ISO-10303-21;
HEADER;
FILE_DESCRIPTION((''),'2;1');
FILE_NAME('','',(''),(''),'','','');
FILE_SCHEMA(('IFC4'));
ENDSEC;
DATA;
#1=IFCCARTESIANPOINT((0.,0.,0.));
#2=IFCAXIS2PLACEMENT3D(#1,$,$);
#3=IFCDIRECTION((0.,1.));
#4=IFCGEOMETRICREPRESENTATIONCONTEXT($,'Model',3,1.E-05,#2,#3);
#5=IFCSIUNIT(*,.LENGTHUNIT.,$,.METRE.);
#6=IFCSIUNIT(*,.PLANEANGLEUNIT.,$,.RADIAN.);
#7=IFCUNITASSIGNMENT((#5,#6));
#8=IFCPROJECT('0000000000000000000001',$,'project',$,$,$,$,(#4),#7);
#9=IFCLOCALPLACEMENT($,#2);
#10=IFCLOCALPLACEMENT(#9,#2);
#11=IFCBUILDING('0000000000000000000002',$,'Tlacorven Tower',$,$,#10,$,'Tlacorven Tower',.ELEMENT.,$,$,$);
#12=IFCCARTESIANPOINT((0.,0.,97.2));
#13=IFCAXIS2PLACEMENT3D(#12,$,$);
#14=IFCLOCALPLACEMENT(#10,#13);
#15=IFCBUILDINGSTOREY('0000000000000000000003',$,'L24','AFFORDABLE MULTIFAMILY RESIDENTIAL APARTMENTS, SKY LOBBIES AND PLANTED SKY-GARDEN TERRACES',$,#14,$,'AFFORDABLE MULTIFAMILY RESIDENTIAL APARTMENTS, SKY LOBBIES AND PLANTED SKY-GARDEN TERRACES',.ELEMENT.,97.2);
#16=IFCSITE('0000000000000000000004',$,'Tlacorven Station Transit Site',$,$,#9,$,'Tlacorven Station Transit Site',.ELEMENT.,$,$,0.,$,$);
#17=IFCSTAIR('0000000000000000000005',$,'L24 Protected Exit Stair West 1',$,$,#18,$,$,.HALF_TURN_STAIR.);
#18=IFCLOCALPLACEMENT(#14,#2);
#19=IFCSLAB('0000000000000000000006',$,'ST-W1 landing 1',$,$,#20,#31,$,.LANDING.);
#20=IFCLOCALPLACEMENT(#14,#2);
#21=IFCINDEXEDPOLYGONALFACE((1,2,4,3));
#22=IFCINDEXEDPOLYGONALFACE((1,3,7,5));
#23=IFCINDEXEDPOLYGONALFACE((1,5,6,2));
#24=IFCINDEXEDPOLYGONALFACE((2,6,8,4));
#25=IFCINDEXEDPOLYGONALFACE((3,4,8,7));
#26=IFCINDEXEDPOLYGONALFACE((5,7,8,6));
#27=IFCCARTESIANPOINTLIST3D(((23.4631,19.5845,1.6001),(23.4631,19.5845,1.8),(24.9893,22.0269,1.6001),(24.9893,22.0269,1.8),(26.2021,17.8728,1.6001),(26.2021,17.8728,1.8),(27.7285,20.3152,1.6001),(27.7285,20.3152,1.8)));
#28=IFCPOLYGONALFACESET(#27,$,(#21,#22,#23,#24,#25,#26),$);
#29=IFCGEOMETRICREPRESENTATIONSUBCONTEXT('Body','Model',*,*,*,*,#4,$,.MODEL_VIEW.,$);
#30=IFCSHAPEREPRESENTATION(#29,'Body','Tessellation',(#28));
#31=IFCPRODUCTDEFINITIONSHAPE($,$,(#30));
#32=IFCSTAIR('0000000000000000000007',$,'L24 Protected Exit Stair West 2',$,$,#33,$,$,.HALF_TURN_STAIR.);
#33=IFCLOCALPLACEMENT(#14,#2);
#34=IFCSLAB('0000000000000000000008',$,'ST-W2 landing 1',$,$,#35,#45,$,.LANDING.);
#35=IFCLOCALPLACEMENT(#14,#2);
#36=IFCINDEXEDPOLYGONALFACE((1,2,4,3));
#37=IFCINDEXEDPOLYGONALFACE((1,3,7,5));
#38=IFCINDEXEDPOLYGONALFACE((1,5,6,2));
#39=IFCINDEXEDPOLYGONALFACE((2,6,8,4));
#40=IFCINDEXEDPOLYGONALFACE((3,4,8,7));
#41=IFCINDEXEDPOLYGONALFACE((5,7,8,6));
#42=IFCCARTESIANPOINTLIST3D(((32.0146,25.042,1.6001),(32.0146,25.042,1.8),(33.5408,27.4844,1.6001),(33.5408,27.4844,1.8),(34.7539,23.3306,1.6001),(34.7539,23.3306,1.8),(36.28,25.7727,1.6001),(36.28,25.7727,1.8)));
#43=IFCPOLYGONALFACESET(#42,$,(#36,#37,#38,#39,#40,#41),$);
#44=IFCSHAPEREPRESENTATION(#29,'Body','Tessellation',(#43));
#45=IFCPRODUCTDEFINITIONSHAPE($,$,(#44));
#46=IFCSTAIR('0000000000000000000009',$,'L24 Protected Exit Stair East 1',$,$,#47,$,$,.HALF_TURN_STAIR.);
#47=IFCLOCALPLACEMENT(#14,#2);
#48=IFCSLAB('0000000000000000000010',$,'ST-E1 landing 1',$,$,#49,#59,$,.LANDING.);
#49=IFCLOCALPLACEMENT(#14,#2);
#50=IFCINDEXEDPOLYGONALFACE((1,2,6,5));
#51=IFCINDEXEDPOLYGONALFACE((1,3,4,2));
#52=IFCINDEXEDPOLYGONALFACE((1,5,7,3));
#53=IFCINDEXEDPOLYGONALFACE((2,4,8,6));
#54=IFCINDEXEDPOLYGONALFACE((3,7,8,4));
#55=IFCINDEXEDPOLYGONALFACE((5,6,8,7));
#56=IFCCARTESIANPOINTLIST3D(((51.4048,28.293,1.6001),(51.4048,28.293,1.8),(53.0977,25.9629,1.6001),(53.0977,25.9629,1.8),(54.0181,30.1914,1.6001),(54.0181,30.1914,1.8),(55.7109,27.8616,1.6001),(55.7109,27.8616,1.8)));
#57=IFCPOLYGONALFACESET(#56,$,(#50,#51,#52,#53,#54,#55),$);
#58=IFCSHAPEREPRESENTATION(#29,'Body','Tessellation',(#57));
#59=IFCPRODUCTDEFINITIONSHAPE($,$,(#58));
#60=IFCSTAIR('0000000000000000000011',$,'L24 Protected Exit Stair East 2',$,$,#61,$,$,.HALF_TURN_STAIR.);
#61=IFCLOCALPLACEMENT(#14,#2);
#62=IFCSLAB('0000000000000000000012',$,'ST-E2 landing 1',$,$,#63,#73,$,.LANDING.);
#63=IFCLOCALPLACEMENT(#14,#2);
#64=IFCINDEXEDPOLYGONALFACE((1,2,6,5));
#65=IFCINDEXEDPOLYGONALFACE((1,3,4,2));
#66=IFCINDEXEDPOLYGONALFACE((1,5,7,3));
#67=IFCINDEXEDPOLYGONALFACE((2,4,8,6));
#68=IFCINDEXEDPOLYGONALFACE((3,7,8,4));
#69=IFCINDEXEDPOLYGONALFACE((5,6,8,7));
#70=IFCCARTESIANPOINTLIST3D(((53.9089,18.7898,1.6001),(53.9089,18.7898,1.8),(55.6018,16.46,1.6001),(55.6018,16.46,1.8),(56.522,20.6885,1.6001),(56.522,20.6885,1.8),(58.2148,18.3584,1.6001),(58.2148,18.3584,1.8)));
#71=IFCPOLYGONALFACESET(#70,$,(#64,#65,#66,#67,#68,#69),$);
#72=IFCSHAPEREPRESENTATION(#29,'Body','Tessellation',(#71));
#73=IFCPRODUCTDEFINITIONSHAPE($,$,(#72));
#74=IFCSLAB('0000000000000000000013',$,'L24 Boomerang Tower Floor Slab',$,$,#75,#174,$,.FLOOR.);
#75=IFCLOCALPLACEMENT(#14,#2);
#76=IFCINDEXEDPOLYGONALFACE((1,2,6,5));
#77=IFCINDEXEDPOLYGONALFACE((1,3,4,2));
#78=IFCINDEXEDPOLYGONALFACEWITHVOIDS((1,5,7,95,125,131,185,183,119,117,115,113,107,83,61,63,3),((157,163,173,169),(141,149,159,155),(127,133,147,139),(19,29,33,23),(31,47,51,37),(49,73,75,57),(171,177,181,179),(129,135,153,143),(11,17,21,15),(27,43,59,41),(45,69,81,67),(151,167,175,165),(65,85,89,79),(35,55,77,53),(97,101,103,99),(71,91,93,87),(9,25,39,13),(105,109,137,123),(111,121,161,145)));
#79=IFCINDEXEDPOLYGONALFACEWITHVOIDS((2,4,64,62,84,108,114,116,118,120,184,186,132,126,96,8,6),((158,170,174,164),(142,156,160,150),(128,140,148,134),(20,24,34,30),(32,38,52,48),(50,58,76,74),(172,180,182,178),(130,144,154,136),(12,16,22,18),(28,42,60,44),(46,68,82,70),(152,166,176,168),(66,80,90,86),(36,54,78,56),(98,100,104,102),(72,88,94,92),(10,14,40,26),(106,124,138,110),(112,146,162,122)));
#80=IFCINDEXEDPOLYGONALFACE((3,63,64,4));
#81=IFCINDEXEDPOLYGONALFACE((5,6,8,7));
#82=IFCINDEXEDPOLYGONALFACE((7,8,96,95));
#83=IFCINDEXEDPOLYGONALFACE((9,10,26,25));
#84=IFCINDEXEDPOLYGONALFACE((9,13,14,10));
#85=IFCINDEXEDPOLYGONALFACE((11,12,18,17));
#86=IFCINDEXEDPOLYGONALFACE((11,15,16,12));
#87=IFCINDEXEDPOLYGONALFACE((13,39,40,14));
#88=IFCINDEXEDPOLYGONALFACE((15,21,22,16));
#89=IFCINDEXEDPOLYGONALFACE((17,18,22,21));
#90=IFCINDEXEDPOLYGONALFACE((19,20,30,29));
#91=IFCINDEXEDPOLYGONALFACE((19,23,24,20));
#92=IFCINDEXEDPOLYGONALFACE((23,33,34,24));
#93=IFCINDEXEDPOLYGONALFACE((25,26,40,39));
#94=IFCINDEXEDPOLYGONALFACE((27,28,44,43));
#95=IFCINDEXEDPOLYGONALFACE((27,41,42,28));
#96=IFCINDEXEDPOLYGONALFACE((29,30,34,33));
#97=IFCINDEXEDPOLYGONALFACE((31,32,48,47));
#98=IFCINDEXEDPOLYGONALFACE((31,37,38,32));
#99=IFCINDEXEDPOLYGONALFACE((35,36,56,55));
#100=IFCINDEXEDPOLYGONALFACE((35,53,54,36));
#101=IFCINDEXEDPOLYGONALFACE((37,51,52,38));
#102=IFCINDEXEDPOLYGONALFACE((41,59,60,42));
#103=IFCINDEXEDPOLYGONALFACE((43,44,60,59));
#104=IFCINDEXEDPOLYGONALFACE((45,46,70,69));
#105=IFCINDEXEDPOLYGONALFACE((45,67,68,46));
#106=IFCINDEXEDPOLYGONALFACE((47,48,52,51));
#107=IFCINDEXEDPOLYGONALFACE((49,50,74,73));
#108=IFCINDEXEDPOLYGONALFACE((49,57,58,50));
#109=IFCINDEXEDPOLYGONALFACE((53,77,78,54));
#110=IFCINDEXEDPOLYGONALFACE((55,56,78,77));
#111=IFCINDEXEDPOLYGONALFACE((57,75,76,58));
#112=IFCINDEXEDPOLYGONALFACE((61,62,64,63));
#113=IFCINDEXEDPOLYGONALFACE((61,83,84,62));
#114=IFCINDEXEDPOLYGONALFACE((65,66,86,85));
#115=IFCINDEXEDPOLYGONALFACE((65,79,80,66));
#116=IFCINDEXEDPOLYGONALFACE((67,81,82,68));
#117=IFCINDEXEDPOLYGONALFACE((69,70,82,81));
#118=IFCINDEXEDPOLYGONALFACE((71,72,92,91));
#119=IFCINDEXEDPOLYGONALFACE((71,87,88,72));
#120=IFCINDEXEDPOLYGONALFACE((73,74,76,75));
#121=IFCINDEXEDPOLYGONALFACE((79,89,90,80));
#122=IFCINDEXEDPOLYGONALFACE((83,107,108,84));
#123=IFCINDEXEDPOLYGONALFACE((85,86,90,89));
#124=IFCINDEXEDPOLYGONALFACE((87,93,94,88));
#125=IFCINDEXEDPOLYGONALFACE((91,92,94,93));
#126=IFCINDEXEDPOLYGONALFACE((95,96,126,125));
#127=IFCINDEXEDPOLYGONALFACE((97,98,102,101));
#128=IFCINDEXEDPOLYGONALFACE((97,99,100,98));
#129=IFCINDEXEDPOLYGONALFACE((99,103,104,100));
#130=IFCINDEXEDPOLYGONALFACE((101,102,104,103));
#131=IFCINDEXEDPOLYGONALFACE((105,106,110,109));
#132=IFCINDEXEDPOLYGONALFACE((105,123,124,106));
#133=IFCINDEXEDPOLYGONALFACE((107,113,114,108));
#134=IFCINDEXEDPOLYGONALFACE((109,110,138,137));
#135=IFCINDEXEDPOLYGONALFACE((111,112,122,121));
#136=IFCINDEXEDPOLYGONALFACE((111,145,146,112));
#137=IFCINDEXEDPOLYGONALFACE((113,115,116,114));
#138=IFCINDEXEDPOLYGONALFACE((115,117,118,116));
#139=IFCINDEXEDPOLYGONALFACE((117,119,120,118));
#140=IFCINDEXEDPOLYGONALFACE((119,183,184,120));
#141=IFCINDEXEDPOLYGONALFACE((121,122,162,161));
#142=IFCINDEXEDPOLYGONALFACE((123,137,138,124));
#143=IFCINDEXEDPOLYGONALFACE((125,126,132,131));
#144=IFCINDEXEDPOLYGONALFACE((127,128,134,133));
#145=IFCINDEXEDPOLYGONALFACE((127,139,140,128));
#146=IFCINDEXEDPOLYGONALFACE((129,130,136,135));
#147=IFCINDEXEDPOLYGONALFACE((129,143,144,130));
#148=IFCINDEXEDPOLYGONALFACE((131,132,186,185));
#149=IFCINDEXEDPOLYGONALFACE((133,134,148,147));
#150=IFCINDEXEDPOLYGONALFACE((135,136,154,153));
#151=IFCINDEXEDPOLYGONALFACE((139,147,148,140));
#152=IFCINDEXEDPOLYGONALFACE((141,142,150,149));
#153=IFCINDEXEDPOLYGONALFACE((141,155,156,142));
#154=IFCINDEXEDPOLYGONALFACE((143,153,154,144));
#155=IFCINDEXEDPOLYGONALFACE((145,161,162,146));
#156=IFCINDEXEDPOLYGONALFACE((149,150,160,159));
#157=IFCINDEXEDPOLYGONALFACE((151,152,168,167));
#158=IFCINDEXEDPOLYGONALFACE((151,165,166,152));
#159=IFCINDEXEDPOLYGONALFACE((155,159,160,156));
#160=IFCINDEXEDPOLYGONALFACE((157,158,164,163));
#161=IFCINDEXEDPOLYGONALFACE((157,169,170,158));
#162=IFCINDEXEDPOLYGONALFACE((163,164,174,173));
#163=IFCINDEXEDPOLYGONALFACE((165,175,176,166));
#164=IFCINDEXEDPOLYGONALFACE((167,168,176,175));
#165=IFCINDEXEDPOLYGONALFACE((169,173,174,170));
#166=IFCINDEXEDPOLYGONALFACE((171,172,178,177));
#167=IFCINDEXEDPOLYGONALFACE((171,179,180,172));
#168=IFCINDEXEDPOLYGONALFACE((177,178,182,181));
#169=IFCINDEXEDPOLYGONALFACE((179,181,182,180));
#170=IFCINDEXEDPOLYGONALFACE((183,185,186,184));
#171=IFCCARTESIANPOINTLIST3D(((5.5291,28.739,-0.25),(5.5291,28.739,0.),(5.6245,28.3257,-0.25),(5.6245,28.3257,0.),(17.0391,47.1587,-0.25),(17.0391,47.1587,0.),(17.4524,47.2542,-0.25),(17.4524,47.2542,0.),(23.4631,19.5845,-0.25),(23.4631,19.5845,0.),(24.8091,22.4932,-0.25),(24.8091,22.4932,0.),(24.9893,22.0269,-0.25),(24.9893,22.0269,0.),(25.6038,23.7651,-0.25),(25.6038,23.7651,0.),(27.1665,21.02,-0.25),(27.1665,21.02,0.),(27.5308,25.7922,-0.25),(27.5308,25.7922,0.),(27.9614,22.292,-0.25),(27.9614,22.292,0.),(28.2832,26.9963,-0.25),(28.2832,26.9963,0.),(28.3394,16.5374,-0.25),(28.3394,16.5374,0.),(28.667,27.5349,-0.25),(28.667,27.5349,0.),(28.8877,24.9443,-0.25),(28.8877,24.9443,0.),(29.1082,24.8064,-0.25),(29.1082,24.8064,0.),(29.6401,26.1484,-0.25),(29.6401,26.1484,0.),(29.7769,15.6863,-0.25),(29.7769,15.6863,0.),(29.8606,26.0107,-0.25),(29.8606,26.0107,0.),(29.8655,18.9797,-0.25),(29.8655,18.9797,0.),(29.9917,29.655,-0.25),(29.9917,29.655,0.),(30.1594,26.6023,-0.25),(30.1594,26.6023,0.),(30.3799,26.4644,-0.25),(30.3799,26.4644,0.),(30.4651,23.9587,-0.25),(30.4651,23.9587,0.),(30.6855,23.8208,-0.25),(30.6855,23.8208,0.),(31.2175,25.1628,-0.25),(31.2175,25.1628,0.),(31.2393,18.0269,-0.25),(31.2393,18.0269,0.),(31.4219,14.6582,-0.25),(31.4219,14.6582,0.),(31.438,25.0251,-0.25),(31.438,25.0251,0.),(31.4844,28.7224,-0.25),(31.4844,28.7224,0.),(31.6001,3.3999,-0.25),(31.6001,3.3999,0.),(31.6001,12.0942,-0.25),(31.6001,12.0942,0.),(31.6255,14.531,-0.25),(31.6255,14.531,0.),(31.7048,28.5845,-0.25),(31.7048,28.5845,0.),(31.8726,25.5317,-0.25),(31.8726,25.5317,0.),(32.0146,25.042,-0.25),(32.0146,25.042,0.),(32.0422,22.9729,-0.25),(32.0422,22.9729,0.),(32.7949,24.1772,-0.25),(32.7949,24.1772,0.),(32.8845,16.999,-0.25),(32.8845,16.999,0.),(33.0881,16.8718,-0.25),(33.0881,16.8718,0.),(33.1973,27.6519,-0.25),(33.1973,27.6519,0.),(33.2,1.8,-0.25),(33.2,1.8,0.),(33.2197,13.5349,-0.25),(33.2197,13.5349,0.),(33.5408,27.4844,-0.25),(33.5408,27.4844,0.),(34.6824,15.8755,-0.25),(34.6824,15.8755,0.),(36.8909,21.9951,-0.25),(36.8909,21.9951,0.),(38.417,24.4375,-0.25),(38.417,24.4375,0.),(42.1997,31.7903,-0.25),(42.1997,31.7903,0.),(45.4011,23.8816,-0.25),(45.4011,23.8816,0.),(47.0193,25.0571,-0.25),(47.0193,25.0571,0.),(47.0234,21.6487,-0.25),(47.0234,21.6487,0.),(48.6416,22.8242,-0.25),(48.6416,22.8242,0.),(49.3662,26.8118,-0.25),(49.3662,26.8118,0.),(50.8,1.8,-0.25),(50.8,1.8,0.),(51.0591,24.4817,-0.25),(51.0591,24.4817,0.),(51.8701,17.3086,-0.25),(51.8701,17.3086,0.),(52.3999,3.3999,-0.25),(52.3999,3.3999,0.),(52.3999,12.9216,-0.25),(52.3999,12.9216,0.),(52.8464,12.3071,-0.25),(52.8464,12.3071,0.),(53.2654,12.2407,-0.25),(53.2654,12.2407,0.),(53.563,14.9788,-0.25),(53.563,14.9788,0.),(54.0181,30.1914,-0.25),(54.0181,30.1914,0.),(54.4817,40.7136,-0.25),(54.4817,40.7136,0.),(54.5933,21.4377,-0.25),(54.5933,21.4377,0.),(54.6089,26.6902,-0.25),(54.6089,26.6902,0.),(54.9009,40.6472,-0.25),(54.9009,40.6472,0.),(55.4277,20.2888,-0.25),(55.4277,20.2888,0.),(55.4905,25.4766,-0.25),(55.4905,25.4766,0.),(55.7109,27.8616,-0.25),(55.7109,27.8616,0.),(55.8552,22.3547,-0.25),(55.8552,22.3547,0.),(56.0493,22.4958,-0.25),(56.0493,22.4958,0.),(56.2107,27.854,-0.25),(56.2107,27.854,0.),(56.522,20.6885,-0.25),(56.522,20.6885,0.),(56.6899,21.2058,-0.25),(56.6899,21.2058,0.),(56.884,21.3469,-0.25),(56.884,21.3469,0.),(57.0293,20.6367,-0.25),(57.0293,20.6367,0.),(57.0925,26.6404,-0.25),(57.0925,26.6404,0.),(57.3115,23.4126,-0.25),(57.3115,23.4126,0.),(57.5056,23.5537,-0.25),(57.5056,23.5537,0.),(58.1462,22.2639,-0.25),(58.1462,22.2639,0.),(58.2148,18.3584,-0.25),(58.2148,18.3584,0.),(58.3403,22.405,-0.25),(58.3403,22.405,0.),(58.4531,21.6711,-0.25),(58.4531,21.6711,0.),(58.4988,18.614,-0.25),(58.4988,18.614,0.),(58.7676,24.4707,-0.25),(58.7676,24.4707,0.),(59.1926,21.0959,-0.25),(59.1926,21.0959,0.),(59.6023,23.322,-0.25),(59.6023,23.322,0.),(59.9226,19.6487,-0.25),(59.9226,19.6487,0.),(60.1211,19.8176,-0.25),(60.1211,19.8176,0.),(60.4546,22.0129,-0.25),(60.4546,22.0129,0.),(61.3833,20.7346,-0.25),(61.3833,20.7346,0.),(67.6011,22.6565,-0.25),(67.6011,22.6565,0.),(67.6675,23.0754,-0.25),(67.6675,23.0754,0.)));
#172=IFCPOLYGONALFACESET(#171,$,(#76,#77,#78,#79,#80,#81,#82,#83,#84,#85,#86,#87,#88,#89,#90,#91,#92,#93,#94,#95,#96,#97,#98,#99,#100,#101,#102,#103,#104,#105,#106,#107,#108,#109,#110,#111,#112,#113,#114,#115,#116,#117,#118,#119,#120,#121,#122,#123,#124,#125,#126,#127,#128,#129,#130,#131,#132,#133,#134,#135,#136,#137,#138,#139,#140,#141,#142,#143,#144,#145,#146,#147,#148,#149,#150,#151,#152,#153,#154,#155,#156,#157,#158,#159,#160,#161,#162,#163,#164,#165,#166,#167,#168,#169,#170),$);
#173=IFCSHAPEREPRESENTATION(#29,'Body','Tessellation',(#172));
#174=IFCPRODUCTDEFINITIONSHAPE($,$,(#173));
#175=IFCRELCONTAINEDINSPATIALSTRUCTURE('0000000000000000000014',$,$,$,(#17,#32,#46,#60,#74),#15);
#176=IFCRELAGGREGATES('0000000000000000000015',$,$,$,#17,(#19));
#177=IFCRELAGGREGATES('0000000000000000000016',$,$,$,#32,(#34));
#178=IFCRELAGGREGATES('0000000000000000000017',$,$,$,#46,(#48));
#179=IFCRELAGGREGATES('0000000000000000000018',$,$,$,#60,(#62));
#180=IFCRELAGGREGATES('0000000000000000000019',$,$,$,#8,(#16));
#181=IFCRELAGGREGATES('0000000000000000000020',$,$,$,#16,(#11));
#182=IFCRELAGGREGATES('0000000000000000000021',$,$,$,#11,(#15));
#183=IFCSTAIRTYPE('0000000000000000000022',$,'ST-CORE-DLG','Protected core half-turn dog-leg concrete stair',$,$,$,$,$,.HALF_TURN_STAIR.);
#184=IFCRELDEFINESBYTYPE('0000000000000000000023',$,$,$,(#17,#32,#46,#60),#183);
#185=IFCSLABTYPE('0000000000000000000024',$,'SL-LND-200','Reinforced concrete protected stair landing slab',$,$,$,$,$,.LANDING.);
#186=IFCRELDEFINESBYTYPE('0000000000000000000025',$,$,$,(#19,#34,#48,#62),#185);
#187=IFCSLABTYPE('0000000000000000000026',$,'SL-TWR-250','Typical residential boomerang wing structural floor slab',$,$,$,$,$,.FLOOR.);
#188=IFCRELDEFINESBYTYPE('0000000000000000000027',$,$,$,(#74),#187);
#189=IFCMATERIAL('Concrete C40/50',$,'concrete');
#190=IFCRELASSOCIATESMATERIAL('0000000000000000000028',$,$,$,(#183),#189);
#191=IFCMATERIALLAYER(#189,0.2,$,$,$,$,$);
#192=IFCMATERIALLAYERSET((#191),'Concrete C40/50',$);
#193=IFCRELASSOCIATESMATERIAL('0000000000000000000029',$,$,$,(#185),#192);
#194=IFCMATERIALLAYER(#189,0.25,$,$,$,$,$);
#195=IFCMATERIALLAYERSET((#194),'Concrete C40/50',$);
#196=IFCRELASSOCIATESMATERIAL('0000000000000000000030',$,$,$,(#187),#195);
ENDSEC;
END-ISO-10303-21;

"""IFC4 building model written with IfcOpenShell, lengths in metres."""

from ifc_helpers import new_model, si_unit, direction, frame, origin, place, context, subcontext, project, spatial, polyline, outline, extrude, material, layer, layer_set, type_object, element, aggregate, save


model = new_model("IFC4")

# Units and contexts
model_context = context("Model", 3, precision=1e-05, world=origin(), true_north=direction((0.0, 1.0)))
body_context = subcontext(model_context, "Body", "Model", "MODEL_VIEW")
ifc_project = project(units=[si_unit("LENGTHUNIT", "METRE"), si_unit("PLANEANGLEUNIT", "RADIAN")], contexts=[model_context])

# Site, building, storey
site_placement = place(None, origin())
site = spatial("IfcSite", under=ifc_project, at=site_placement, Name="Tlacorven Station Transit Site", LongName="Tlacorven Station Transit Site", CompositionType="ELEMENT", RefElevation=0.0)
building_placement = place(site_placement, origin())
building = spatial("IfcBuilding", under=site, at=building_placement, Name="Tlacorven Tower", LongName="Tlacorven Tower", CompositionType="ELEMENT")
storey_placement = place(building_placement, frame((0.0, 0.0, 97.2)))
storey = spatial("IfcBuildingStorey", under=building, at=storey_placement, Name="L24", Description="AFFORDABLE MULTIFAMILY RESIDENTIAL APARTMENTS, SKY LOBBIES AND PLANTED SKY-GARDEN TERRACES", LongName="AFFORDABLE MULTIFAMILY RESIDENTIAL APARTMENTS, SKY LOBBIES AND PLANTED SKY-GARDEN TERRACES", CompositionType="ELEMENT", Elevation=97.2)

# Stairs, slabs
ifc_material_1 = material(Name="Concrete C40/50", Category="concrete")
stair_type = type_object("IfcStairType", Name="ST-CORE-DLG", Description="Protected core half-turn dog-leg concrete stair", PredefinedType="HALF_TURN_STAIR", material=ifc_material_1)
stair_1_placement = place(storey_placement, origin())
stair_1 = element("IfcStair", 1, at=stair_1_placement, inside=storey, type_object=stair_type, Name="L24 Protected Exit Stair West 1", PredefinedType="HALF_TURN_STAIR")
ifc_layer_1 = layer(ifc_material_1, 0.2)
ifc_layer_set_1 = layer_set([ifc_layer_1], Name="Concrete C40/50")
slab_type_1 = type_object("IfcSlabType", Name="SL-LND-200", Description="Reinforced concrete protected stair landing slab", PredefinedType="LANDING", material=ifc_layer_set_1)
slab_1_placement = place(storey_placement, frame((0.0, 0.0, 1.6001)))
slab_1 = element("IfcSlab", 2, at=slab_1_placement, type_object=slab_type_1, Name="ST-W1 landing 1", PredefinedType="LANDING", context=body_context, shape_type="SweptSolid", body=[
    extrude(outline(polyline([(27.7285, 20.3152), (24.9893, 22.0269), (23.4631, 19.5845), (26.2021, 17.8728), (27.7285, 20.3152)])), origin(), (0.0, 0.0, 1.0), 0.2),
])
aggregate(stair_1, [slab_1])
stair_2_placement = place(storey_placement, origin())
stair_2 = element("IfcStair", 3, at=stair_2_placement, inside=storey, type_object=stair_type, Name="L24 Protected Exit Stair West 2", PredefinedType="HALF_TURN_STAIR")
slab_2_placement = place(storey_placement, frame((0.0, 0.0, 1.6001)))
slab_2 = element("IfcSlab", 4, at=slab_2_placement, type_object=slab_type_1, Name="ST-W2 landing 1", PredefinedType="LANDING", context=body_context, shape_type="SweptSolid", body=[
    extrude(outline(polyline([(36.28, 25.7727), (33.5408, 27.4844), (32.0146, 25.042), (34.7539, 23.3306), (36.28, 25.7727)])), origin(), (0.0, 0.0, 1.0), 0.2),
])
aggregate(stair_2, [slab_2])
stair_3_placement = place(storey_placement, origin())
stair_3 = element("IfcStair", 5, at=stair_3_placement, inside=storey, type_object=stair_type, Name="L24 Protected Exit Stair East 1", PredefinedType="HALF_TURN_STAIR")
slab_3_placement = place(storey_placement, frame((0.0, 0.0, 1.6001)))
slab_3 = element("IfcSlab", 6, at=slab_3_placement, type_object=slab_type_1, Name="ST-E1 landing 1", PredefinedType="LANDING", context=body_context, shape_type="SweptSolid", body=[
    extrude(outline(polyline([(53.0977, 25.9629), (55.7109, 27.8616), (54.0181, 30.1914), (51.4048, 28.293), (53.0977, 25.9629)])), origin(), (0.0, 0.0, 1.0), 0.2),
])
aggregate(stair_3, [slab_3])
stair_4_placement = place(storey_placement, origin())
stair_4 = element("IfcStair", 7, at=stair_4_placement, inside=storey, type_object=stair_type, Name="L24 Protected Exit Stair East 2", PredefinedType="HALF_TURN_STAIR")
slab_4_placement = place(storey_placement, frame((0.0, 0.0, 1.6001)))
slab_4 = element("IfcSlab", 8, at=slab_4_placement, type_object=slab_type_1, Name="ST-E2 landing 1", PredefinedType="LANDING", context=body_context, shape_type="SweptSolid", body=[
    extrude(outline(polyline([(55.6018, 16.46), (58.2148, 18.3584), (56.522, 20.6885), (53.9089, 18.7898), (55.6018, 16.46)])), origin(), (0.0, 0.0, 1.0), 0.2),
])
aggregate(stair_4, [slab_4])

# Slab
ifc_layer_2 = layer(ifc_material_1, 0.25)
ifc_layer_set_2 = layer_set([ifc_layer_2], Name="Concrete C40/50")
slab_type_2 = type_object("IfcSlabType", Name="SL-TWR-250", Description="Typical residential boomerang wing structural floor slab", PredefinedType="FLOOR", material=ifc_layer_set_2)
slab_5_placement = place(storey_placement, frame((0.0, 0.0, -0.25)))
element("IfcSlab", 9, at=slab_5_placement, inside=storey, type_object=slab_type_2, Name="L24 Boomerang Tower Floor Slab", PredefinedType="FLOOR", context=body_context, shape_type="SweptSolid", body=[
    extrude(outline(polyline([(52.3999, 3.3999), (50.8, 1.8), (33.2, 1.8), (31.6001, 3.3999), (31.6001, 12.0942), (5.6245, 28.3257), (5.5291, 28.739), (17.0391, 47.1587), (17.4524, 47.2542), (42.1997, 31.7903), (54.4817, 40.7136), (54.9009, 40.6472), (67.6675, 23.0754), (67.6011, 22.6565), (53.2654, 12.2407), (52.8464, 12.3071), (52.3999, 12.9216), (52.3999, 3.3999)]), holes=[polyline([(29.8655, 18.9797), (24.9893, 22.0269), (23.4631, 19.5845), (28.3394, 16.5374), (29.8655, 18.9797)]), polyline([(38.417, 24.4375), (33.5408, 27.4844), (32.0146, 25.042), (36.8909, 21.9951), (38.417, 24.4375)]), polyline([(51.0591, 24.4817), (55.7109, 27.8616), (54.0181, 30.1914), (49.3662, 26.8118), (51.0591, 24.4817)]), polyline([(53.563, 14.9788), (58.2148, 18.3584), (56.522, 20.6885), (51.8701, 17.3086), (53.563, 14.9788)]), polyline([(34.6824, 15.8755), (33.0881, 16.8718), (31.6255, 14.531), (33.2197, 13.5349), (34.6824, 15.8755)]), polyline([(32.8845, 16.999), (31.2393, 18.0269), (29.7769, 15.6863), (31.4219, 14.6582), (32.8845, 16.999)]), polyline([(47.0234, 21.6487), (48.6416, 22.8242), (47.0193, 25.0571), (45.4011, 23.8816), (47.0234, 21.6487)]), polyline([(33.1973, 27.6519), (31.7048, 28.5845), (30.3799, 26.4644), (31.8726, 25.5317), (33.1973, 27.6519)]), polyline([(31.4844, 28.7224), (29.9917, 29.655), (28.667, 27.5349), (30.1594, 26.6023), (31.4844, 28.7224)]), polyline([(32.7949, 24.1772), (31.438, 25.0251), (30.6855, 23.8208), (32.0422, 22.9729), (32.7949, 24.1772)]), polyline([(31.2175, 25.1628), (29.8606, 26.0107), (29.1082, 24.8064), (30.4651, 23.9587), (31.2175, 25.1628)]), polyline([(29.6401, 26.1484), (28.2832, 26.9963), (27.5308, 25.7922), (28.8877, 24.9443), (29.6401, 26.1484)]), polyline([(55.4277, 20.2888), (56.6899, 21.2058), (55.8552, 22.3547), (54.5933, 21.4377), (55.4277, 20.2888)]), polyline([(56.884, 21.3469), (58.1462, 22.2639), (57.3115, 23.4126), (56.0493, 22.4958), (56.884, 21.3469)]), polyline([(58.3403, 22.405), (59.6023, 23.322), (58.7676, 24.4707), (57.5056, 23.5537), (58.3403, 22.405)]), polyline([(58.4988, 18.614), (59.9226, 19.6487), (58.4531, 21.6711), (57.0293, 20.6367), (58.4988, 18.614)]), polyline([(27.9614, 22.292), (25.6038, 23.7651), (24.8091, 22.4932), (27.1665, 21.02), (27.9614, 22.292)]), polyline([(55.4905, 25.4766), (57.0925, 26.6404), (56.2107, 27.854), (54.6089, 26.6902), (55.4905, 25.4766)]), polyline([(60.1211, 19.8176), (61.3833, 20.7346), (60.4546, 22.0129), (59.1926, 21.0959), (60.1211, 19.8176)])]), origin(), (0.0, 0.0, 1.0), 0.25),
])

save(model, "model.ifc")
